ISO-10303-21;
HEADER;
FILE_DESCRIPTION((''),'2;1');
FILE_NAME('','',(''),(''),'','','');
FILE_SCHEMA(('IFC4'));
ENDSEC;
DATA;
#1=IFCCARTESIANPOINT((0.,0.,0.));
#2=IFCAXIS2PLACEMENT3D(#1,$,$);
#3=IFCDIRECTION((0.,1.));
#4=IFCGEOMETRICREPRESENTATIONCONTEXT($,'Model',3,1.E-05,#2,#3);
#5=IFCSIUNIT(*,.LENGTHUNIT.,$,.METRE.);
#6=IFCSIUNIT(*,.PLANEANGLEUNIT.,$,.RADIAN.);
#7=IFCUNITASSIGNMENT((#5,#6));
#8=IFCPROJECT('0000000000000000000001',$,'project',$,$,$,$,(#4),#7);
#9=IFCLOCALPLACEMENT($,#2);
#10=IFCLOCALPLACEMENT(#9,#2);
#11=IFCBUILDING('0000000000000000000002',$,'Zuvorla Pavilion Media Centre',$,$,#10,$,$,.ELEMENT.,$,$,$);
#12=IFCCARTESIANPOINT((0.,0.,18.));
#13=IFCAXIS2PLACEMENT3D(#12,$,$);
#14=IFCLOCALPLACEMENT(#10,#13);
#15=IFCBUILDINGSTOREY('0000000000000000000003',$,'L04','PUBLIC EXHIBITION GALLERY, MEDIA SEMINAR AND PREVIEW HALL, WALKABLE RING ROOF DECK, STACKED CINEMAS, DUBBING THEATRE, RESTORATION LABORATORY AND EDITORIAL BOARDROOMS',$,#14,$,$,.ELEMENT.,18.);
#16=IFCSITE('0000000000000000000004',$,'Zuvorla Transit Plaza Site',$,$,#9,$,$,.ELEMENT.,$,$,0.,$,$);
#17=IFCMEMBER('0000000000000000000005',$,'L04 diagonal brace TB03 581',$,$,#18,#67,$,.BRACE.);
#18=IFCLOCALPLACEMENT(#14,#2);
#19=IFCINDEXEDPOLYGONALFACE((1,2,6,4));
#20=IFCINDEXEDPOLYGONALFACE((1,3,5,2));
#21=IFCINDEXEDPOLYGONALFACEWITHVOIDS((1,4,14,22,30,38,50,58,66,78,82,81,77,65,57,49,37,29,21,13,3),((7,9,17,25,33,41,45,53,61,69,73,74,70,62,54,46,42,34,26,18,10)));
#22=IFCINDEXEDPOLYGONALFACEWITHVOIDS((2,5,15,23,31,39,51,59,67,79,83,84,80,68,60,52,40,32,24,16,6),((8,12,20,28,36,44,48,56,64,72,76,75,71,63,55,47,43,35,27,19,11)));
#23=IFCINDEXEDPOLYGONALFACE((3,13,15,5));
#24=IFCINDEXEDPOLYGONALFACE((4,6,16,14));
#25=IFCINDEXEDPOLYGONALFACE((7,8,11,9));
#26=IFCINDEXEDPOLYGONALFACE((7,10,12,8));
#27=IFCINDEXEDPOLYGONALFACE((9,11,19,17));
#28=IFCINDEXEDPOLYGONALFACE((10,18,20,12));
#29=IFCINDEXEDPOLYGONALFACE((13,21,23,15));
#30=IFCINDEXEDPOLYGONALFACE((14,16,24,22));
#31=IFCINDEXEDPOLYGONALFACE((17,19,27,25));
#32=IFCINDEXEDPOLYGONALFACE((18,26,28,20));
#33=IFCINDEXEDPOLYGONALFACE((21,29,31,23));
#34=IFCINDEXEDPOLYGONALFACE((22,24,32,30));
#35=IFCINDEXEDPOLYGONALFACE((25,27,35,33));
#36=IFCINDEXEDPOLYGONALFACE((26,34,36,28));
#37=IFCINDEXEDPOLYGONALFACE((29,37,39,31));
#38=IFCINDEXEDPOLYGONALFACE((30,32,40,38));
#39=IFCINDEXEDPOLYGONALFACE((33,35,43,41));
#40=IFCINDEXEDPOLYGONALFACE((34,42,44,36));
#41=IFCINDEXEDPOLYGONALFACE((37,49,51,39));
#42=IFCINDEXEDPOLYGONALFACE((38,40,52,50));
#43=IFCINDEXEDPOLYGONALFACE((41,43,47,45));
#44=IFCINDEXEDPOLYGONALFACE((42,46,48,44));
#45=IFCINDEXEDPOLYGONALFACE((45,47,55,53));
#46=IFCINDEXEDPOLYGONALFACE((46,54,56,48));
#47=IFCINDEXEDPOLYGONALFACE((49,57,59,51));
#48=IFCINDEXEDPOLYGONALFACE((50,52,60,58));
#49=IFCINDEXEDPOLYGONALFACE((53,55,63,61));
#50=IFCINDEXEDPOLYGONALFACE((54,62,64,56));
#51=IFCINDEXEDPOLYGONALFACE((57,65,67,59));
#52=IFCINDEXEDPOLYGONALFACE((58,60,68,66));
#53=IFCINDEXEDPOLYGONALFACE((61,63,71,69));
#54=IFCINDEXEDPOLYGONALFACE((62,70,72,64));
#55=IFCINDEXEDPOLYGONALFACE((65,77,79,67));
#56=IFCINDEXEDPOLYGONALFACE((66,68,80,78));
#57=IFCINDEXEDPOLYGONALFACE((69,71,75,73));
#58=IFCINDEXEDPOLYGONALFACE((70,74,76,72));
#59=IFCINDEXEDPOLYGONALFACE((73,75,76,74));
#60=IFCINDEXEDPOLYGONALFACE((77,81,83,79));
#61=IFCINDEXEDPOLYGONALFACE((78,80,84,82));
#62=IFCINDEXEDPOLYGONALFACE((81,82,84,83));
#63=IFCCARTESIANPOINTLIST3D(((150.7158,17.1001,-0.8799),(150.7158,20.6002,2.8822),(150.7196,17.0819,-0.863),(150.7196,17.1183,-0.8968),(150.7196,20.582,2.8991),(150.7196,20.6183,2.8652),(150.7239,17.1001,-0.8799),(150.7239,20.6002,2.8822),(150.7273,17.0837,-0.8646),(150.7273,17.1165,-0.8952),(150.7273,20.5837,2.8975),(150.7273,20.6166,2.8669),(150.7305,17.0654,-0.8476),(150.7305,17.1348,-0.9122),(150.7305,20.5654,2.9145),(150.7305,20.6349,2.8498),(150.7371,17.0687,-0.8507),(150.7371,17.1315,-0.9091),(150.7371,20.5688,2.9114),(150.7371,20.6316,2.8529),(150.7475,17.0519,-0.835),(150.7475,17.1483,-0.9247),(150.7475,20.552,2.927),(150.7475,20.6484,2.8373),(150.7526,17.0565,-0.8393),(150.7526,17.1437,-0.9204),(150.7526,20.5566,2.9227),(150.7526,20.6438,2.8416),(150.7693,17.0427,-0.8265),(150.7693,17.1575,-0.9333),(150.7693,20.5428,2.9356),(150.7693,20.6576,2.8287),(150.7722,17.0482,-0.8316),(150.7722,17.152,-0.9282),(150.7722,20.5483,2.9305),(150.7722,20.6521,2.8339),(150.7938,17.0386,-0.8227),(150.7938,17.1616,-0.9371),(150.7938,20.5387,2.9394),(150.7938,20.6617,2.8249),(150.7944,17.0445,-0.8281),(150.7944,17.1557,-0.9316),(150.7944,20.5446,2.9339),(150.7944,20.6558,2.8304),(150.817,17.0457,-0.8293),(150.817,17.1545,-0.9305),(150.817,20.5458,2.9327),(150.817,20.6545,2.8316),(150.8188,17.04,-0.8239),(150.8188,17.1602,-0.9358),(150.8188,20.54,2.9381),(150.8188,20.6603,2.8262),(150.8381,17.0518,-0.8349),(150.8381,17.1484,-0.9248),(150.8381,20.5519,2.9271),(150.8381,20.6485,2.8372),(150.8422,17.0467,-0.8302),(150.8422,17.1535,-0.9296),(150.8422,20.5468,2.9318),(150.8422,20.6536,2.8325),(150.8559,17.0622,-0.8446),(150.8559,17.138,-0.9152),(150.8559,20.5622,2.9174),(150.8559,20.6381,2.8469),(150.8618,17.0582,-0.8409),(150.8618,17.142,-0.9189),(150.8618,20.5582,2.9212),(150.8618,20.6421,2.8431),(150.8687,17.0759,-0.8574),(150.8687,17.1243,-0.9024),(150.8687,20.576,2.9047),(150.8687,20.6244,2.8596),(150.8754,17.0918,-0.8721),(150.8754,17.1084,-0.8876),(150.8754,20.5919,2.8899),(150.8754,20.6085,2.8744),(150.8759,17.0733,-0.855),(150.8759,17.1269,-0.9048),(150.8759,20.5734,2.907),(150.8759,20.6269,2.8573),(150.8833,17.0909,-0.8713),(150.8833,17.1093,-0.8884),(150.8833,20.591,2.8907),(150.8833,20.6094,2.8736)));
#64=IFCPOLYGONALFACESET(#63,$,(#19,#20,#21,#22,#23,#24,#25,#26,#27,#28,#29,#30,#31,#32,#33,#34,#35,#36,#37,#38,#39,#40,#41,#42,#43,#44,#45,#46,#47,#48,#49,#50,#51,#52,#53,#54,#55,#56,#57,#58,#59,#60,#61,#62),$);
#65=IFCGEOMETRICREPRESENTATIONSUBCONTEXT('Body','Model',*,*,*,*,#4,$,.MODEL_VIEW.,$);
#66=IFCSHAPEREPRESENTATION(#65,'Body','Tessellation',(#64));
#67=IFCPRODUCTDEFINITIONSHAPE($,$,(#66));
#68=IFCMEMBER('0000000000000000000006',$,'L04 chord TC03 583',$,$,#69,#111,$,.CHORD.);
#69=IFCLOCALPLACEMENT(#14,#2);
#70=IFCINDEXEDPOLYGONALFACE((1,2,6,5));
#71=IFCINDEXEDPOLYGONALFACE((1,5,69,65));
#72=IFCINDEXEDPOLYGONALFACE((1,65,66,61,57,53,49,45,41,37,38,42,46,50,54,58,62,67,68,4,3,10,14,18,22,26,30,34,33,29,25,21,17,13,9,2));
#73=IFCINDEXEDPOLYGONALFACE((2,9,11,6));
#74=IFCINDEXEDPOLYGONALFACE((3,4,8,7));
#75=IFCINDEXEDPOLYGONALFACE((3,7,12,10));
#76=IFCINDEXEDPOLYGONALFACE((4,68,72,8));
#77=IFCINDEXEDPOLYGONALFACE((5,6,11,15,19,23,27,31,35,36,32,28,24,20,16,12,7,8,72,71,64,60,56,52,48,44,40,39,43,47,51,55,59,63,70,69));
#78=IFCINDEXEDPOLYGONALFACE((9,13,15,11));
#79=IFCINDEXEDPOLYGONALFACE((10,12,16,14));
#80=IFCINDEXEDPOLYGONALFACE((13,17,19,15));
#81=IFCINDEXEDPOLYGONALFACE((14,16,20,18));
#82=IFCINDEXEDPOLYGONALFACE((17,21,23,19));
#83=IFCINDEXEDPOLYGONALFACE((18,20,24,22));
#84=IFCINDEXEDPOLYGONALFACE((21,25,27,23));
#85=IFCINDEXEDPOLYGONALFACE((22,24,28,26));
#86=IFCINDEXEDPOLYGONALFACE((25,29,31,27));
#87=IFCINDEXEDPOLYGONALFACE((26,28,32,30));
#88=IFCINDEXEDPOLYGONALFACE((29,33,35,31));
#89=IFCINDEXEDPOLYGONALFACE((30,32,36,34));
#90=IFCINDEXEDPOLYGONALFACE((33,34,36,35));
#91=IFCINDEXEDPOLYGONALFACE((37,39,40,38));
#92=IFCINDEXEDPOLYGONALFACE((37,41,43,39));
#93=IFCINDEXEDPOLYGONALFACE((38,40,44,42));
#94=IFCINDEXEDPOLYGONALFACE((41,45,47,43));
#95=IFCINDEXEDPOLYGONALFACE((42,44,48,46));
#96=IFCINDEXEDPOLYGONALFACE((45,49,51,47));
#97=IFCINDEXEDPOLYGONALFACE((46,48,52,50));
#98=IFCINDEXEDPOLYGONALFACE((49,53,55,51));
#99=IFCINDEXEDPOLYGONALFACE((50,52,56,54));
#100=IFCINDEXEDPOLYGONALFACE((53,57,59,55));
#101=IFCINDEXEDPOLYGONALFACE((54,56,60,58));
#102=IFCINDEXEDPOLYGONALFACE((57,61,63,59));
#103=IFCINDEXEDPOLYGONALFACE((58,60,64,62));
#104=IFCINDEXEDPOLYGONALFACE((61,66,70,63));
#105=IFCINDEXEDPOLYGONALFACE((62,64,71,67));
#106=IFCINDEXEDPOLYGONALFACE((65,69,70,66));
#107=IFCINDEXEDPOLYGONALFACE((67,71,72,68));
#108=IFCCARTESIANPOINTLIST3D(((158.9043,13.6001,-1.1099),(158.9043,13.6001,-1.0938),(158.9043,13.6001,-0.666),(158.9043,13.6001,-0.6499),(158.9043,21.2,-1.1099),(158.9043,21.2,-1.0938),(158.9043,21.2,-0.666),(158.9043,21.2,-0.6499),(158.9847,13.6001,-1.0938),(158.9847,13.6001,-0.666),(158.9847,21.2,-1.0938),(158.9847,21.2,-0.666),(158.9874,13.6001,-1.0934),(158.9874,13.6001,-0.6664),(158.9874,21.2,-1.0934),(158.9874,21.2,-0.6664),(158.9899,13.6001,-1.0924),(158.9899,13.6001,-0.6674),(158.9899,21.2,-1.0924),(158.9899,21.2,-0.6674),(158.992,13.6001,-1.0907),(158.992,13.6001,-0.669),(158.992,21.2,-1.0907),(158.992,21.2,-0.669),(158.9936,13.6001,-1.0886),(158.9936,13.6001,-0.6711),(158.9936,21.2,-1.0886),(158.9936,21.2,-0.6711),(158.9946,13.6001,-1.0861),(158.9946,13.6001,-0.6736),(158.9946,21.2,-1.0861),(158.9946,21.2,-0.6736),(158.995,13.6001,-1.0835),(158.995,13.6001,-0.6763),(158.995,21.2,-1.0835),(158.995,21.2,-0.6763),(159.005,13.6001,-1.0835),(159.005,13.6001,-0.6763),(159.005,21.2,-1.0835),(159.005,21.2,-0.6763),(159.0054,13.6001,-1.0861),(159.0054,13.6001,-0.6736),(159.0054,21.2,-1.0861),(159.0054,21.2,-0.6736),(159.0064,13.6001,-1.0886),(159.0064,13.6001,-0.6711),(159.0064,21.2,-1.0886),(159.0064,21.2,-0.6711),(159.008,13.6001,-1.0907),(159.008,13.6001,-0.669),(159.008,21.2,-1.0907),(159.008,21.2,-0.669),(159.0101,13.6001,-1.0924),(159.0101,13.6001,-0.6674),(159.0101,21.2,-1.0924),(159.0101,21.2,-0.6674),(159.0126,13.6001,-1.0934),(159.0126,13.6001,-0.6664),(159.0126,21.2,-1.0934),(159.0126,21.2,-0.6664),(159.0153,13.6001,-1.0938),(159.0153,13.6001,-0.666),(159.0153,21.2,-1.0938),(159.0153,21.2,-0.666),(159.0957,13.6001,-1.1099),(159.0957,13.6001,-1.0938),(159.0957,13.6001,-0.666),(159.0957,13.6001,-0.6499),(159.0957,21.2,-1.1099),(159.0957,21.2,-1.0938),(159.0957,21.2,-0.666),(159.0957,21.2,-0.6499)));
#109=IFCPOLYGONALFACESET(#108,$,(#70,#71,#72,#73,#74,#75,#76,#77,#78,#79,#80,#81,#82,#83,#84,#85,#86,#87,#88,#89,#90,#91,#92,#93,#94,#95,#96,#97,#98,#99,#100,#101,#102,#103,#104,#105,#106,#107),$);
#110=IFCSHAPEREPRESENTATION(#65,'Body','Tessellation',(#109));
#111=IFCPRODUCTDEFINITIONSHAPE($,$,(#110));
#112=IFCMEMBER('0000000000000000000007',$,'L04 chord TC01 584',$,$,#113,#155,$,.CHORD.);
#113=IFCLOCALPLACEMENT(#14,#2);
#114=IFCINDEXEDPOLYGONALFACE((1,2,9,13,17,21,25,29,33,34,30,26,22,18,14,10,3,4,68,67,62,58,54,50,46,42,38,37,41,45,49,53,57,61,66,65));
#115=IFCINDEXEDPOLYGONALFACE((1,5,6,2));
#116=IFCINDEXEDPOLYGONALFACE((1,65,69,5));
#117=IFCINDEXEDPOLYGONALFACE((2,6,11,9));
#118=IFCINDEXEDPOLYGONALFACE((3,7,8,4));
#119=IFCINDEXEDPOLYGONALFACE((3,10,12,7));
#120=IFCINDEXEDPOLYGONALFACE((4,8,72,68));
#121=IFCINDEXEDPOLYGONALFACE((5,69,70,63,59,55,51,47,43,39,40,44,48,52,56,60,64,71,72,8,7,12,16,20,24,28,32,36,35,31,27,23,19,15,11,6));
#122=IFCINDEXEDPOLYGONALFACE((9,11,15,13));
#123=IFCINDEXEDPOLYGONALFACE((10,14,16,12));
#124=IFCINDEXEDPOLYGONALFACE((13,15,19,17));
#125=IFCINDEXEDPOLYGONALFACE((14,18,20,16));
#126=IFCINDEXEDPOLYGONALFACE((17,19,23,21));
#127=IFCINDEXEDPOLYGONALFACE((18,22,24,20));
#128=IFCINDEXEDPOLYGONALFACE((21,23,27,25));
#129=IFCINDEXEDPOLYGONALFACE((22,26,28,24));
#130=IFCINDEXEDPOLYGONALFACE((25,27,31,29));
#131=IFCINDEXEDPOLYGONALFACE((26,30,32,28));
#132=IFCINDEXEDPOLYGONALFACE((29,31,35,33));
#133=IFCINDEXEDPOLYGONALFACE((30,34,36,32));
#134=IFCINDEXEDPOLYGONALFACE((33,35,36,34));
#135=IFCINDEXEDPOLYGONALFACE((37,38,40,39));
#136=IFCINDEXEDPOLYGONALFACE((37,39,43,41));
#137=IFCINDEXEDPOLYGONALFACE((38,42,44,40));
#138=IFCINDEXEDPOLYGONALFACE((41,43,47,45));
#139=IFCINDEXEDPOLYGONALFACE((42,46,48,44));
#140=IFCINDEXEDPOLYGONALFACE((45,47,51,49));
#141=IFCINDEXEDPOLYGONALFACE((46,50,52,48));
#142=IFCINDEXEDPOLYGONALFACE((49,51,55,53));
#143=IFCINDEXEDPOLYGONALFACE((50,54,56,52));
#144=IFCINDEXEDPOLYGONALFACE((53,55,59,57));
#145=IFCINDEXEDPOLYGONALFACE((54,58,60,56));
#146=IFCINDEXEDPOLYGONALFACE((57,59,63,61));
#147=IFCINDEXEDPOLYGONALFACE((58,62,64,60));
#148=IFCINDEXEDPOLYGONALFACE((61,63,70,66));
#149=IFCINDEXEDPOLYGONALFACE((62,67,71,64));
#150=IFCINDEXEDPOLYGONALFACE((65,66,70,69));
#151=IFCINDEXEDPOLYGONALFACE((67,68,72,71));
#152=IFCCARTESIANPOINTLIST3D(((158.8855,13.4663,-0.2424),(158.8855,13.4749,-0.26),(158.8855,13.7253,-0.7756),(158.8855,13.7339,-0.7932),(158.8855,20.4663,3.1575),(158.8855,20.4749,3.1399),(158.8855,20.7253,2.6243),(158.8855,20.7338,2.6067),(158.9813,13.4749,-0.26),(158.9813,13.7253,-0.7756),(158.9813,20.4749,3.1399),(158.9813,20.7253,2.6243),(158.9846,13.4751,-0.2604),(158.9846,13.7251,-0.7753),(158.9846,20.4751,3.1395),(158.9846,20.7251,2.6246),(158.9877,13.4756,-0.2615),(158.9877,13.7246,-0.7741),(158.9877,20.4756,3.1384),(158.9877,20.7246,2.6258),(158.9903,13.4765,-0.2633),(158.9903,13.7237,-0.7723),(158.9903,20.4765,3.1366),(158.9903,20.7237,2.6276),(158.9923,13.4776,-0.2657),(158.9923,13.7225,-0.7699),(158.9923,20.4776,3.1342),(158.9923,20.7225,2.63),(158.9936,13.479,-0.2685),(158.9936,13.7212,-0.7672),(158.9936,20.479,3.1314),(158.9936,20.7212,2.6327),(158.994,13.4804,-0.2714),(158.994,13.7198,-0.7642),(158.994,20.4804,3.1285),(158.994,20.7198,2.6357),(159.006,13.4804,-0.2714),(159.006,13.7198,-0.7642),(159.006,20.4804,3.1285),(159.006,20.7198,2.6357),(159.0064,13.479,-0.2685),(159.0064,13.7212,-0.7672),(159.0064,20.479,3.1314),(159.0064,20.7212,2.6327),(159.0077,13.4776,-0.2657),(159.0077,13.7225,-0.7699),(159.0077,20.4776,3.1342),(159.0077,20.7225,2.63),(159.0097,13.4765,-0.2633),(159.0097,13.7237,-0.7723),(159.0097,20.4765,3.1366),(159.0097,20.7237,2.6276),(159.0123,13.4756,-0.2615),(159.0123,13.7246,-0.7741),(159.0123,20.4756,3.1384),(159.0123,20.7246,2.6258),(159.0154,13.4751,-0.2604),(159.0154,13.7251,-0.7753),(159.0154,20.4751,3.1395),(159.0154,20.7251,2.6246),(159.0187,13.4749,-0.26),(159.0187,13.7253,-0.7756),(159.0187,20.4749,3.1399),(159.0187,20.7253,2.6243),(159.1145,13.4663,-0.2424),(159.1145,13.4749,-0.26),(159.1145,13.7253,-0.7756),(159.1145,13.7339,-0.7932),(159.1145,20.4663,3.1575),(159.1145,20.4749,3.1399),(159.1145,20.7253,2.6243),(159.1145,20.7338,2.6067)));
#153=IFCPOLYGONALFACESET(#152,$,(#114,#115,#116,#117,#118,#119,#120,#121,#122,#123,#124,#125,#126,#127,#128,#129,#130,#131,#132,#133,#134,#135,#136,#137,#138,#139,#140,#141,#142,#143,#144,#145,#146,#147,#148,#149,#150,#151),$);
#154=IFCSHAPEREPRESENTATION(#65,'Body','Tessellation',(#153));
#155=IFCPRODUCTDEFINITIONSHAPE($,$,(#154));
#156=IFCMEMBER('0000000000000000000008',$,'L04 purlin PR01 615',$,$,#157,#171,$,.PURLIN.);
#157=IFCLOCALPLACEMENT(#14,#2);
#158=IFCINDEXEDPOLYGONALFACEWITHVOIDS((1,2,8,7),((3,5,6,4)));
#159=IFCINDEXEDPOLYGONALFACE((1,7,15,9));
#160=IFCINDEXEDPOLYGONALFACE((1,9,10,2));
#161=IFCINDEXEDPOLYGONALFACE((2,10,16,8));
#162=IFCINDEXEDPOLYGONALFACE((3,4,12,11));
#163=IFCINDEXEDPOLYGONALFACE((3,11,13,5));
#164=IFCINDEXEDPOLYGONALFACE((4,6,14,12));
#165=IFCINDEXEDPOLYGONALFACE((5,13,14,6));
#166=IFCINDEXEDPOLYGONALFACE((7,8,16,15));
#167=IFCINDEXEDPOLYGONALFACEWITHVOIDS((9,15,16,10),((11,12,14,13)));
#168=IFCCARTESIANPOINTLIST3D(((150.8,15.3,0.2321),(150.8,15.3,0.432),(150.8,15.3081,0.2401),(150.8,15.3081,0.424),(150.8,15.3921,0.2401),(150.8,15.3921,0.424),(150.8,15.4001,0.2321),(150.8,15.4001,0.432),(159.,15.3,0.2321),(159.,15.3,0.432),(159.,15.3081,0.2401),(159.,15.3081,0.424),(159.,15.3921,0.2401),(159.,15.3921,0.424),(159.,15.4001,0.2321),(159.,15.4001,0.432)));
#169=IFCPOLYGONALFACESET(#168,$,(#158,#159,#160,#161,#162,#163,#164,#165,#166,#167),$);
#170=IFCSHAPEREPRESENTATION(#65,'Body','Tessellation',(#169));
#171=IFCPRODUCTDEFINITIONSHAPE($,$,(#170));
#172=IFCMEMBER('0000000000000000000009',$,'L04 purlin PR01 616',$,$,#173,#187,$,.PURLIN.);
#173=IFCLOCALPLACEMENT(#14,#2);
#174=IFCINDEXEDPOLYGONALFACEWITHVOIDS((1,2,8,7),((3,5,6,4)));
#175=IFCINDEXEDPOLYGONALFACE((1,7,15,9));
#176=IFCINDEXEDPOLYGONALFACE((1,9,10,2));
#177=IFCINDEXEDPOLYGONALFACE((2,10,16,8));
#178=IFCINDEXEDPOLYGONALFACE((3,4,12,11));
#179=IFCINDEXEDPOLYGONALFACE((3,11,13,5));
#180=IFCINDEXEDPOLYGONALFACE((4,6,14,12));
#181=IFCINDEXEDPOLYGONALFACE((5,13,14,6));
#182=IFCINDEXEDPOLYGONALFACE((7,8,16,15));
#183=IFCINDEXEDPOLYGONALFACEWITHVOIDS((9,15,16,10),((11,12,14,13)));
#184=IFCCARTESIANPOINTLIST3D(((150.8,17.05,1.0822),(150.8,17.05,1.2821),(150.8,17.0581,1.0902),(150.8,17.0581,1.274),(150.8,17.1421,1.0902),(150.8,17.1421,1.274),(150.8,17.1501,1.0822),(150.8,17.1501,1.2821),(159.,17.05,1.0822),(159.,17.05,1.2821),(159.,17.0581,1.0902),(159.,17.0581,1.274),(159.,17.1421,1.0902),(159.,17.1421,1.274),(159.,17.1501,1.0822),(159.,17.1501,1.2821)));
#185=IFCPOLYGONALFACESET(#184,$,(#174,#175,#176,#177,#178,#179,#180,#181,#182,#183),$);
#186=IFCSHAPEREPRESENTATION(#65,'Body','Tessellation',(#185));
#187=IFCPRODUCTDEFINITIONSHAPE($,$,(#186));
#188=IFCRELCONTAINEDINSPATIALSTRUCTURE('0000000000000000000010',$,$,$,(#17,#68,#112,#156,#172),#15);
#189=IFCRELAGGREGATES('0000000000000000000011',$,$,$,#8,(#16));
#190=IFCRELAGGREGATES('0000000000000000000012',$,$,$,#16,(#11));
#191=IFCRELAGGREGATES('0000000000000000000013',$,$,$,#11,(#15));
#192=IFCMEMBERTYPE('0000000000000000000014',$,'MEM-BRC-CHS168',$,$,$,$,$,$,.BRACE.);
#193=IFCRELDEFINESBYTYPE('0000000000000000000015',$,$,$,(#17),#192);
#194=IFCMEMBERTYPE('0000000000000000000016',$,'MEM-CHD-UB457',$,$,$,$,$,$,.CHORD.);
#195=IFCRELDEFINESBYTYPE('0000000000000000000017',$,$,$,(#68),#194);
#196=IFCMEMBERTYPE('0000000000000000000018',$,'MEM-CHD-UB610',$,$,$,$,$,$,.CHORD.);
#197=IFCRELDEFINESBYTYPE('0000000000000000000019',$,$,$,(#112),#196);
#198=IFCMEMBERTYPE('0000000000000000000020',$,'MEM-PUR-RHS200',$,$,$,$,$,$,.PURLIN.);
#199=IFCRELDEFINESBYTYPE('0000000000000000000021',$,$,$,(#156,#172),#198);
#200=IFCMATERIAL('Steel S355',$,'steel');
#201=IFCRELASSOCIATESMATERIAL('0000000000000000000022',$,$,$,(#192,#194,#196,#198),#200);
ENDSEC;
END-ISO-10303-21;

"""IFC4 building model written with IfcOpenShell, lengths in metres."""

from ifc_helpers import new_model, si_unit, direction, frame, origin, origin_2d, place, context, subcontext, project, spatial, hollow_rectangle, hollow_circle, i_section, extrude, material, material_profile, profile_set, type_object, element, save


model = new_model("IFC4")

# Units and contexts
model_context = context("Model", 3, precision=1e-05, world=origin(), true_north=direction((0.0, 1.0)))
body_context = subcontext(model_context, "Body", "Model", "MODEL_VIEW")
ifc_project = project(units=[si_unit("LENGTHUNIT", "METRE"), si_unit("PLANEANGLEUNIT", "RADIAN")], contexts=[model_context])

# Site, building, storey
site_placement = place(None, origin())
site = spatial("IfcSite", under=ifc_project, at=site_placement, Name="Zuvorla Transit Plaza Site", CompositionType="ELEMENT", RefElevation=0.0)
building_placement = place(site_placement, origin())
building = spatial("IfcBuilding", under=site, at=building_placement, Name="Zuvorla Pavilion Media Centre", CompositionType="ELEMENT")
storey_placement = place(building_placement, frame((0.0, 0.0, 18.0)))
storey = spatial("IfcBuildingStorey", under=building, at=storey_placement, Name="L04", Description="PUBLIC EXHIBITION GALLERY, MEDIA SEMINAR AND PREVIEW HALL, WALKABLE RING ROOF DECK, STACKED CINEMAS, DUBBING THEATRE, RESTORATION LABORATORY AND EDITORIAL BOARDROOMS", CompositionType="ELEMENT", Elevation=18.0)

# Members
ifc_material_1 = material(Name="Steel S355", Category="steel")
ifc_material_profile_1 = material_profile(ifc_material_1, hollow_circle(Radius=0.0842, WallThickness=0.0081, at=origin_2d()), Name="CHS 168.3x8")
ifc_profile_set_1 = profile_set([ifc_material_profile_1], Name="Steel S355")
member_type_1 = type_object("IfcMemberType", Name="MEM-BRC-CHS168", PredefinedType="BRACE", material=ifc_profile_set_1)
member_1_placement = place(storey_placement, frame((150.8, 17.1001, -0.8799), z_axis=(0.0, 0.681156, 0.732138), x_axis=(-1.0, 0.0, 0.0)))
element("IfcMember", 1, at=member_1_placement, inside=storey, type_object=member_type_1, Name="L04 diagonal brace TB03 581", PredefinedType="BRACE", context=body_context, shape_type="SweptSolid", body=[
    extrude(hollow_circle(Radius=0.0842, WallThickness=0.0081, at=origin_2d()), origin(), (0.0, 0.0, 1.0), 5.1384),
])
ifc_material_profile_2 = material_profile(ifc_material_1, i_section(OverallWidth=0.1914, OverallDepth=0.46, WebThickness=0.01, FlangeThickness=0.0161, FilletRadius=0.0103, at=origin_2d()), Name="UB 457x191x82")
ifc_profile_set_2 = profile_set([ifc_material_profile_2], Name="Steel S355")
member_type_2 = type_object("IfcMemberType", Name="MEM-CHD-UB457", PredefinedType="CHORD", material=ifc_profile_set_2)
member_2_placement = place(storey_placement, frame((159.0, 13.6001, -0.8799), z_axis=(0.0, 1.0, 0.0), x_axis=(-1.0, 0.0, 0.0)))
element("IfcMember", 2, at=member_2_placement, inside=storey, type_object=member_type_2, Name="L04 chord TC03 583", PredefinedType="CHORD", context=body_context, shape_type="SweptSolid", body=[
    extrude(i_section(OverallWidth=0.1914, OverallDepth=0.46, WebThickness=0.01, FlangeThickness=0.0161, FilletRadius=0.0103, at=origin_2d()), origin(), (0.0, 0.0, 1.0), 7.5999),
])
ifc_material_profile_3 = material_profile(ifc_material_1, i_section(OverallWidth=0.229, OverallDepth=0.6123, WebThickness=0.012, FlangeThickness=0.0195, FilletRadius=0.0127, at=origin_2d()), Name="UB 610x229x125")
ifc_profile_set_3 = profile_set([ifc_material_profile_3], Name="Steel S355")
member_type_3 = type_object("IfcMemberType", Name="MEM-CHD-UB610", PredefinedType="CHORD", material=ifc_profile_set_3)
member_3_placement = place(storey_placement, frame((159.0, 13.6001, -0.5178), z_axis=(0.0, 0.899513, 0.436894), x_axis=(-1.0, 0.0, 0.0)))
element("IfcMember", 3, at=member_3_placement, inside=storey, type_object=member_type_3, Name="L04 chord TC01 584", PredefinedType="CHORD", context=body_context, shape_type="SweptSolid", body=[
    extrude(i_section(OverallWidth=0.229, OverallDepth=0.6123, WebThickness=0.012, FlangeThickness=0.0195, FilletRadius=0.0127, at=origin_2d()), origin(), (0.0, 0.0, 1.0), 7.782),
])
ifc_material_profile_4 = material_profile(ifc_material_1, hollow_rectangle(XDim=0.1001, YDim=0.2, WallThickness=0.0081, at=origin_2d()), Name="RHS 200x100x8")
ifc_profile_set_4 = profile_set([ifc_material_profile_4], Name="Steel S355")
member_type_4 = type_object("IfcMemberType", Name="MEM-PUR-RHS200", PredefinedType="PURLIN", material=ifc_profile_set_4)
for number, where, z_axis, x_axis, name in (
    (4, (150.8, 15.3501, 0.332), (1.0, 0.0, 0.0), (0.0, 1.0, 0.0), "L04 purlin PR01 615"),
    (5, (150.8, 17.1001, 1.1821), (1.0, 0.0, 0.0), (0.0, 1.0, 0.0), "L04 purlin PR01 616"),
):
    element("IfcMember", number, at=place(storey_placement, frame(where, z_axis=z_axis, x_axis=x_axis)), inside=storey, type_object=member_type_4, Name=name, PredefinedType="PURLIN", context=body_context, shape_type="SweptSolid", body=[
        extrude(hollow_rectangle(XDim=0.1001, YDim=0.2, WallThickness=0.0081, at=origin_2d()), origin(), (0.0, 0.0, 1.0), 8.2),
    ])

save(model, "model.ifc")
